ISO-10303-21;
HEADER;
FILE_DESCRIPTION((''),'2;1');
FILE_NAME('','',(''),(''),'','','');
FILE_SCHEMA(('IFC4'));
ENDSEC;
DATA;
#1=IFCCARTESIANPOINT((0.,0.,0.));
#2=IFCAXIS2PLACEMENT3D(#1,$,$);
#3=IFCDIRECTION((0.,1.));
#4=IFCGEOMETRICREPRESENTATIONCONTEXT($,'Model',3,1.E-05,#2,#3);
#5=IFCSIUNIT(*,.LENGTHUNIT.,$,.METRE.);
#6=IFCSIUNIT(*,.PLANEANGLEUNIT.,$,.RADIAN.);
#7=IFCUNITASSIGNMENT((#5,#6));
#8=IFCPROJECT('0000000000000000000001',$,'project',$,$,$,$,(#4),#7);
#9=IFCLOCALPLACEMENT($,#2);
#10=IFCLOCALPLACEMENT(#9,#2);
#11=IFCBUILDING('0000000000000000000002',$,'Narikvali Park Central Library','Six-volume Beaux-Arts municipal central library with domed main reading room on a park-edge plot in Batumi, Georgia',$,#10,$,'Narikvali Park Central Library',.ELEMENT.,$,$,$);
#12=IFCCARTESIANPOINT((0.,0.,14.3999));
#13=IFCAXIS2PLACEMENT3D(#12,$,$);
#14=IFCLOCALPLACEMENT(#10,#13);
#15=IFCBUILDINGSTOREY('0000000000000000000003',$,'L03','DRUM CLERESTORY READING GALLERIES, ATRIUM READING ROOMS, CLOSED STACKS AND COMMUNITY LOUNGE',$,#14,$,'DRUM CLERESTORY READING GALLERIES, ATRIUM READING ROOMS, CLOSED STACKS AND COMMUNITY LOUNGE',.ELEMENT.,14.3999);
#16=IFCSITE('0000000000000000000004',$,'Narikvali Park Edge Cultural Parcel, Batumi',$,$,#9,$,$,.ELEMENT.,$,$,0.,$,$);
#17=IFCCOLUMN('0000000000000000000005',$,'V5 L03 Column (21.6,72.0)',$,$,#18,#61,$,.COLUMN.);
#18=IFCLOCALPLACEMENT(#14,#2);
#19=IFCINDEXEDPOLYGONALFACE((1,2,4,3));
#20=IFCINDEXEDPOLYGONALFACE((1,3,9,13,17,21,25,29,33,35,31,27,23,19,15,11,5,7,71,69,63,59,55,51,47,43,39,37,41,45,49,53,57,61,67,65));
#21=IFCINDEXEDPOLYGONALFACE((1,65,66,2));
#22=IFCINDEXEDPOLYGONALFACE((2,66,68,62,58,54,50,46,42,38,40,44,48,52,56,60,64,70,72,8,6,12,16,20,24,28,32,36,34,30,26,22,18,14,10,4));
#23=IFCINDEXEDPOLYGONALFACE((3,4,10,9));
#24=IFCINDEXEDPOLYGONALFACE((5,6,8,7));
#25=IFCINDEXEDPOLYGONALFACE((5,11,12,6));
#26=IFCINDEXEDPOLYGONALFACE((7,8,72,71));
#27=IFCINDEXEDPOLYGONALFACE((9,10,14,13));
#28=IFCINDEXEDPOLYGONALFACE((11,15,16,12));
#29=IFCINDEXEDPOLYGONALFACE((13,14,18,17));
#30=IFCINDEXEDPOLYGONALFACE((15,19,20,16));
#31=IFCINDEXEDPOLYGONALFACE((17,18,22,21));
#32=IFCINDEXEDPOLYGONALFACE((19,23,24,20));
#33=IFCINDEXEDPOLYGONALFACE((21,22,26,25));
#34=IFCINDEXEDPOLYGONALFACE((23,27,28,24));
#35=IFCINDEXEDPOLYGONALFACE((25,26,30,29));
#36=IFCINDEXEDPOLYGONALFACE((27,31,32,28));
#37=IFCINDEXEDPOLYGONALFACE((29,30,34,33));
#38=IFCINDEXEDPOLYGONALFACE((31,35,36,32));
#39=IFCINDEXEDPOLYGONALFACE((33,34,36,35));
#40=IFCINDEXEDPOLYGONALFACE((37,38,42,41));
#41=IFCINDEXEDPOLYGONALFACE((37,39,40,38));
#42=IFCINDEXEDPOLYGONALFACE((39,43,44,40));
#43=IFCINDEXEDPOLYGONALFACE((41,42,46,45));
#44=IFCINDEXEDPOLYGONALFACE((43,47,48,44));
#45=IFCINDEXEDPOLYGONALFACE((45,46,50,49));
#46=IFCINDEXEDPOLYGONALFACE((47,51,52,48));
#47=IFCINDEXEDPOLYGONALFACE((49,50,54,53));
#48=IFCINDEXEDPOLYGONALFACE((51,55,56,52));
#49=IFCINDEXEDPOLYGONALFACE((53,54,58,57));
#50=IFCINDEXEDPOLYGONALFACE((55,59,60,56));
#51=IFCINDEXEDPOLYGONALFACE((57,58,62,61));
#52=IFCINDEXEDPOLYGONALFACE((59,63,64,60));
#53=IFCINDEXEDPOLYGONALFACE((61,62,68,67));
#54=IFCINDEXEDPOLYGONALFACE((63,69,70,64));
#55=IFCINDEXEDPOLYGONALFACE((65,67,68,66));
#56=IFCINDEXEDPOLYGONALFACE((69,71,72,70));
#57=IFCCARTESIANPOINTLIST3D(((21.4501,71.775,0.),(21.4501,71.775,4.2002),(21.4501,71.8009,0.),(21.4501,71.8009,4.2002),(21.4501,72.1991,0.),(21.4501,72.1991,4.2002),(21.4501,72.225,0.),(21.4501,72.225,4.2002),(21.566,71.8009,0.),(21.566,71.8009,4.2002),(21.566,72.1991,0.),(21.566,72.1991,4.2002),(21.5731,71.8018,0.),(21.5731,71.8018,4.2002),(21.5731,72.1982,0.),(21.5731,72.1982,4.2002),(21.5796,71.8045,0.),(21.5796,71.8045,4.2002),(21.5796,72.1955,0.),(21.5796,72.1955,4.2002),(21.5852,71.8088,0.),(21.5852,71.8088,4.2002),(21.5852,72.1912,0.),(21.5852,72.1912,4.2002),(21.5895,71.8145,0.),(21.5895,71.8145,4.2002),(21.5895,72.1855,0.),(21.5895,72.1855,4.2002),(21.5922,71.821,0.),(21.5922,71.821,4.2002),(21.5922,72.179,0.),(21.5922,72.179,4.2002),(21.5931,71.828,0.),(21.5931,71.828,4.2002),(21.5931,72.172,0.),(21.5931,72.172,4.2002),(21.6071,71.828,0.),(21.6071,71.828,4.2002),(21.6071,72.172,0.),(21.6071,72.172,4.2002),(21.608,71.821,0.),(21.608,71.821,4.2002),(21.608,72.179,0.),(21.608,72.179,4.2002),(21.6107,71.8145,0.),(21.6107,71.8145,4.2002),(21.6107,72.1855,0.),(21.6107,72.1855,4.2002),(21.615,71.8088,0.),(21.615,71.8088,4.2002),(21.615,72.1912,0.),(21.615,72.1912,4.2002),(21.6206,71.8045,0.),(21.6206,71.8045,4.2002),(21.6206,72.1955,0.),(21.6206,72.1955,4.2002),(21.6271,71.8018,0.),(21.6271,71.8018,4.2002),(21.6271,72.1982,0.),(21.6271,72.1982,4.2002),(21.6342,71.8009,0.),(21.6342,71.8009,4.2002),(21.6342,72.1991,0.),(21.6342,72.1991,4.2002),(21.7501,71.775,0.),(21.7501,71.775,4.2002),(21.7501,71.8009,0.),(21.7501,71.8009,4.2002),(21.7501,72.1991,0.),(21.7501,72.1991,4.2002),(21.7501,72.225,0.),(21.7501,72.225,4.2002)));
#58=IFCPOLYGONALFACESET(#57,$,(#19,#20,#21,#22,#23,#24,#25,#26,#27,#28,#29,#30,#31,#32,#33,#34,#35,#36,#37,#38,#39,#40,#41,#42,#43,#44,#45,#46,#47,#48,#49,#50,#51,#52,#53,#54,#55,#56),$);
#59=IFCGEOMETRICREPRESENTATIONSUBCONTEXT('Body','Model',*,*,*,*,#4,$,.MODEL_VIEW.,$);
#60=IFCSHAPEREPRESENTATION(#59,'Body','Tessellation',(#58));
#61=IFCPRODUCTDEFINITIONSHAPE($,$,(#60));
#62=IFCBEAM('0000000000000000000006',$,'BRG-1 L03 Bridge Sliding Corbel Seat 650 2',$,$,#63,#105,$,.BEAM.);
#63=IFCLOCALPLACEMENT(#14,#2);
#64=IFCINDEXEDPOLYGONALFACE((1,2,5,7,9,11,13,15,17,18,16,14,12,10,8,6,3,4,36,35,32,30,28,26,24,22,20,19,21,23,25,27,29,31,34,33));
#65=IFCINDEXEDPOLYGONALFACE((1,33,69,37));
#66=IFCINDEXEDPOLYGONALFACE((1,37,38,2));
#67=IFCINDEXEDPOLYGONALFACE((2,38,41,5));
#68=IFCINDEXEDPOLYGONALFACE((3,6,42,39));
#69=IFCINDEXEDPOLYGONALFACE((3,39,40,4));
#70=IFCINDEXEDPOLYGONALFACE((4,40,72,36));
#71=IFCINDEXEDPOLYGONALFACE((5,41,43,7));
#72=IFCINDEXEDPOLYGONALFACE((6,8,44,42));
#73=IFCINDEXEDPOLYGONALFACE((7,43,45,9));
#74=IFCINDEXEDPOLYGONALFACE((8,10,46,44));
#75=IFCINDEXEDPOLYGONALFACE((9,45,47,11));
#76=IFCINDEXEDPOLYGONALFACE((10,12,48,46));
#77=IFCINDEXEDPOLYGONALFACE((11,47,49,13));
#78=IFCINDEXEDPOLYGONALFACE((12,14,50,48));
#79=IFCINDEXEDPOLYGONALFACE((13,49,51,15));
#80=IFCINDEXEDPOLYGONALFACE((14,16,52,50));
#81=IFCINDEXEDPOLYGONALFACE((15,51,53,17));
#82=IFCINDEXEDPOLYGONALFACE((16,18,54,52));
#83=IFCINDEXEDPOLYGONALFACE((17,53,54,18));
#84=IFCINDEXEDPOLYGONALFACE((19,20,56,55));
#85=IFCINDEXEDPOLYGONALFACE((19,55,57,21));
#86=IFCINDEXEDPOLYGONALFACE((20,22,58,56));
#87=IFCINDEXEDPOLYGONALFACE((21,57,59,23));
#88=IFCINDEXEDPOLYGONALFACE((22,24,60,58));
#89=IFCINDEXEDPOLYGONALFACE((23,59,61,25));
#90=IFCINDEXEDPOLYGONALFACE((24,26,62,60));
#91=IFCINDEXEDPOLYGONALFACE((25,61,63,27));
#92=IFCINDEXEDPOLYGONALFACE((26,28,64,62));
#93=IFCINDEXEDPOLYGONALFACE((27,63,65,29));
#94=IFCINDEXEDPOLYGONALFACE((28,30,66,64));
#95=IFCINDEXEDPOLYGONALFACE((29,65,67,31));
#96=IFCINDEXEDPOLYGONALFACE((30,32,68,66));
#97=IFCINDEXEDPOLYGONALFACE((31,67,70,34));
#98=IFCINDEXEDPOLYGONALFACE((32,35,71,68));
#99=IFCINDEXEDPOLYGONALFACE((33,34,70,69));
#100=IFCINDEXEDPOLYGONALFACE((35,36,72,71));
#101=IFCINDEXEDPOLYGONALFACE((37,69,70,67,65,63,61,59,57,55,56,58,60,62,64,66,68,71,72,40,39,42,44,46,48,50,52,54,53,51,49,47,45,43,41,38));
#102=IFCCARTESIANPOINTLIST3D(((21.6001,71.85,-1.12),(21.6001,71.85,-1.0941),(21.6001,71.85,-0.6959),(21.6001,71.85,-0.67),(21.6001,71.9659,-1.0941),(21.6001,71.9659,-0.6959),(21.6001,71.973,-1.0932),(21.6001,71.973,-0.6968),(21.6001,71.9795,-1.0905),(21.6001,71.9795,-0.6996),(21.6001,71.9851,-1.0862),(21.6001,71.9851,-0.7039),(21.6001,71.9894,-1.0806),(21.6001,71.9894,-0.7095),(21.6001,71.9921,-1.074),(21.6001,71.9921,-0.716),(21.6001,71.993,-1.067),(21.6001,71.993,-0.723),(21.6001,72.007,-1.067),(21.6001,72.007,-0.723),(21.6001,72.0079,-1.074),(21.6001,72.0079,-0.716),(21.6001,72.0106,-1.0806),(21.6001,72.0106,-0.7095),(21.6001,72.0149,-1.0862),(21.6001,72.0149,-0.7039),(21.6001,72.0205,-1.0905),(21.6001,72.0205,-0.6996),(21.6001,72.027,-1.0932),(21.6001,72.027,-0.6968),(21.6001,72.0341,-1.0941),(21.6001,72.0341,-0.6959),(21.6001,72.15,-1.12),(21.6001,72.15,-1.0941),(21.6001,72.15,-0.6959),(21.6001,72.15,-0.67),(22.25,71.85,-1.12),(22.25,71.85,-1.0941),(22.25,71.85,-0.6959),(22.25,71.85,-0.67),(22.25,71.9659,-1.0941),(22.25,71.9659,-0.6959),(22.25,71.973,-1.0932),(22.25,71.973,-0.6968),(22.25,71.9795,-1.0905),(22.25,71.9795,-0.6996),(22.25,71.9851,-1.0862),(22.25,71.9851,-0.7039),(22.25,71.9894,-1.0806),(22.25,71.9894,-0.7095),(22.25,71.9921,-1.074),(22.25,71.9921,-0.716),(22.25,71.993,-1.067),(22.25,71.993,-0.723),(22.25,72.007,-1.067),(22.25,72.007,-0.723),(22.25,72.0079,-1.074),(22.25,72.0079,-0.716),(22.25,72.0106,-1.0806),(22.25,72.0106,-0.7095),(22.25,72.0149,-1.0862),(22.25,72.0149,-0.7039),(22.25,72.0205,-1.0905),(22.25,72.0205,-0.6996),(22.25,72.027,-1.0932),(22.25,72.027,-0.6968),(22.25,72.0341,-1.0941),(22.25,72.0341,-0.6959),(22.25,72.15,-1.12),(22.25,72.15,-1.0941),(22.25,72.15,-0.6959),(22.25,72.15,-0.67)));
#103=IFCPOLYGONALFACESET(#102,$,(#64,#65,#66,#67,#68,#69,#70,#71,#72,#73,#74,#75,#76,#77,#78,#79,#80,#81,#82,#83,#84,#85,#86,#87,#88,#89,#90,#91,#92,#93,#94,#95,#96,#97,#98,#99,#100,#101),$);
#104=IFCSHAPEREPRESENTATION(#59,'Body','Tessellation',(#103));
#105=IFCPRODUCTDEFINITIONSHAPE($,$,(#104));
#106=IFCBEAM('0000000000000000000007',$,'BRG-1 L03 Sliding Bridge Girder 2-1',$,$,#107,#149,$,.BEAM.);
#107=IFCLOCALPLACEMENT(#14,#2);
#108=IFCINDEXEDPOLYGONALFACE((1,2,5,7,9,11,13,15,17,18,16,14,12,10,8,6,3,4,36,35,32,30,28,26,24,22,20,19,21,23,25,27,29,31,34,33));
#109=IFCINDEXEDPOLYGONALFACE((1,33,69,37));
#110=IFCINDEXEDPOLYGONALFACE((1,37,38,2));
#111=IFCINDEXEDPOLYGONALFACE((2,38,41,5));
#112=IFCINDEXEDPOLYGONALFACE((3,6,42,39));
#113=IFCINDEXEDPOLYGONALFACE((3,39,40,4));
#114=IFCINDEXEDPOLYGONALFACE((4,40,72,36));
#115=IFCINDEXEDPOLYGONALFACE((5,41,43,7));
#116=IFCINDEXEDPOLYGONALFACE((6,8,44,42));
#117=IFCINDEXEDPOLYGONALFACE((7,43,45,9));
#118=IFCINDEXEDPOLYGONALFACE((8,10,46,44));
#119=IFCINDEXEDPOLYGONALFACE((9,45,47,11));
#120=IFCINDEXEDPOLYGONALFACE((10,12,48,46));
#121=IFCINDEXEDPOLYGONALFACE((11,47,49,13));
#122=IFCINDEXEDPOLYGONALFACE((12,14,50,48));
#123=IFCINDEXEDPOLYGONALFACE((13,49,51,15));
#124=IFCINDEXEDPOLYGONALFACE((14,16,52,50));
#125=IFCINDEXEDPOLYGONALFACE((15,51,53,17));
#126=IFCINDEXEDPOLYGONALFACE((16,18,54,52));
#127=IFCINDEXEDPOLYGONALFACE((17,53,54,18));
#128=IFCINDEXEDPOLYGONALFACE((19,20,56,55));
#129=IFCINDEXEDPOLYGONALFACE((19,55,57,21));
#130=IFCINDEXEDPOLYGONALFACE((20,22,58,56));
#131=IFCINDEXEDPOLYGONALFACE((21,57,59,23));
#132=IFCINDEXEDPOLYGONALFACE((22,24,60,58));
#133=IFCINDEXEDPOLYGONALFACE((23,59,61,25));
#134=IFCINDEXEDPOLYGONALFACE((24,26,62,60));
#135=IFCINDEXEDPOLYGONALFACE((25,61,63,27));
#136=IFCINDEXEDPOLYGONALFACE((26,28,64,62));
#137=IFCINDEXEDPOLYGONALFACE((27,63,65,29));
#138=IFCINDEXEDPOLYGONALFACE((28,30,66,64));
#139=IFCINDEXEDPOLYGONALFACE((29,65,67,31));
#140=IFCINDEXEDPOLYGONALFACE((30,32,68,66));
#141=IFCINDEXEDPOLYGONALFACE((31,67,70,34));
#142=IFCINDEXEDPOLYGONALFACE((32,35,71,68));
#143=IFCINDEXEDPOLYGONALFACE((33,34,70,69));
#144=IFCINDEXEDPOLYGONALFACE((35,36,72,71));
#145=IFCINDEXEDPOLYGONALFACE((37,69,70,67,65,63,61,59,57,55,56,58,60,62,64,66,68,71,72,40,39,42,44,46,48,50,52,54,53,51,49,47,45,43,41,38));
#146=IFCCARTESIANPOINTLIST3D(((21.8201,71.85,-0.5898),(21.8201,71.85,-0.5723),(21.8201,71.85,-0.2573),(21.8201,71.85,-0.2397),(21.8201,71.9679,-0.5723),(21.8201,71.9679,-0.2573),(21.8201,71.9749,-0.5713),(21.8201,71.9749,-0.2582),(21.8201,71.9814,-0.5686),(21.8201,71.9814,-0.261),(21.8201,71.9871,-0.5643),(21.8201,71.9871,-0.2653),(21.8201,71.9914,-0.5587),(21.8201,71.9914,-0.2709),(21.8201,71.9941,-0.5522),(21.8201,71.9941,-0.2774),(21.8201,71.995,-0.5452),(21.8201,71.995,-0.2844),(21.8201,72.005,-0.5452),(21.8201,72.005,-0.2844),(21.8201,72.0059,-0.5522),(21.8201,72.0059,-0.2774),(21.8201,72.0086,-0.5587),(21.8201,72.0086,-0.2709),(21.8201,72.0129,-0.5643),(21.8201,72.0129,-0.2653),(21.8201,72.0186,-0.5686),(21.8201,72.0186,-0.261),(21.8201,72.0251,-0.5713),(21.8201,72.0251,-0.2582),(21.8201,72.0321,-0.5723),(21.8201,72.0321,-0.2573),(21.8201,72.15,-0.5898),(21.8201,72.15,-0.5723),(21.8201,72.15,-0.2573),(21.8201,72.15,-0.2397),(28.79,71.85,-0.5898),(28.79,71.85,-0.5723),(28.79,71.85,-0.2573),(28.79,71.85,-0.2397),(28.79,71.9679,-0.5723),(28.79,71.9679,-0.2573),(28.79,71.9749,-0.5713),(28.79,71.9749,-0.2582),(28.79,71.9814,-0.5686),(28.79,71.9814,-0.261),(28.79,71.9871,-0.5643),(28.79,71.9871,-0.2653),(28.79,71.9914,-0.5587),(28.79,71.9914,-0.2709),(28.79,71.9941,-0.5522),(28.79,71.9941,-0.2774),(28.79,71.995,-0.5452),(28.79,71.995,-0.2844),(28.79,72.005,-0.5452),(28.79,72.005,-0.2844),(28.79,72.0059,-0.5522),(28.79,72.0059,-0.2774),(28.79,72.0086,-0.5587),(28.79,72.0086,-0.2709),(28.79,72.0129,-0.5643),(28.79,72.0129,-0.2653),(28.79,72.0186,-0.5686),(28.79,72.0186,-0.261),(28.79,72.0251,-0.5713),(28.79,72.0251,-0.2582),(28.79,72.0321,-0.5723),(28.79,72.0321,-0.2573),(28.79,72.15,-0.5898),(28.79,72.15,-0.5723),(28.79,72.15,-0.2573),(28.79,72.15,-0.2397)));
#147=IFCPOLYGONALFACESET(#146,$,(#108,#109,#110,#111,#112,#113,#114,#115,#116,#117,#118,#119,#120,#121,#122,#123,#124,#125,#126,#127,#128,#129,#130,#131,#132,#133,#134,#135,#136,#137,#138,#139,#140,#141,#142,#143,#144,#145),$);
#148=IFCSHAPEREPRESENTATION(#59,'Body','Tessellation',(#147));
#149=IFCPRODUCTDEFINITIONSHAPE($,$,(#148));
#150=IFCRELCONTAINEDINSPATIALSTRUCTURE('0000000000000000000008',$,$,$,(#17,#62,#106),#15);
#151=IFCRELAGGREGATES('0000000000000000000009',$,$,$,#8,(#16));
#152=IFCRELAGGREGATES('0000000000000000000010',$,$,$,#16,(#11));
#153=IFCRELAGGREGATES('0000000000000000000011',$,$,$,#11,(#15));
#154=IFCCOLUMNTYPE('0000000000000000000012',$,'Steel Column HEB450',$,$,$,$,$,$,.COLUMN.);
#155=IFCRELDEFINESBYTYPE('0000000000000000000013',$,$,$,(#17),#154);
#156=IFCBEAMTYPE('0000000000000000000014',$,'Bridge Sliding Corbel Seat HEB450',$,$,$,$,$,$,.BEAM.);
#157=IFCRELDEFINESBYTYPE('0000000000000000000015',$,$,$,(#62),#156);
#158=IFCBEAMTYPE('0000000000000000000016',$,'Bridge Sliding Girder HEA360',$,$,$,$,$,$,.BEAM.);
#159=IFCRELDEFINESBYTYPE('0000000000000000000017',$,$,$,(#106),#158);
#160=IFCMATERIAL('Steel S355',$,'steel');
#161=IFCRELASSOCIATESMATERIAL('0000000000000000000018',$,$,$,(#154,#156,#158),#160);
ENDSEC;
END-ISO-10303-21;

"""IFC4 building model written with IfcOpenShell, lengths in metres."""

from ifc_helpers import new_model, si_unit, direction, frame, origin, origin_2d, place, context, subcontext, project, spatial, i_section, extrude, material, material_profile, profile_set, type_object, element, save


model = new_model("IFC4")

# Units and contexts
model_context = context("Model", 3, precision=1e-05, world=origin(), true_north=direction((0.0, 1.0)))
body_context = subcontext(model_context, "Body", "Model", "MODEL_VIEW")
ifc_project = project(units=[si_unit("LENGTHUNIT", "METRE"), si_unit("PLANEANGLEUNIT", "RADIAN")], contexts=[model_context])

# Site, building, storey
site_placement = place(None, origin())
site = spatial("IfcSite", under=ifc_project, at=site_placement, Name="Narikvali Park Edge Cultural Parcel, Batumi", CompositionType="ELEMENT", RefElevation=0.0)
building_placement = place(site_placement, origin())
building = spatial("IfcBuilding", under=site, at=building_placement, Name="Narikvali Park Central Library", Description="Six-volume Beaux-Arts municipal central library with domed main reading room on a park-edge plot in Batumi, Georgia", LongName="Narikvali Park Central Library", CompositionType="ELEMENT")
storey_placement = place(building_placement, frame((0.0, 0.0, 14.3999)))
storey = spatial("IfcBuildingStorey", under=building, at=storey_placement, Name="L03", Description="DRUM CLERESTORY READING GALLERIES, ATRIUM READING ROOMS, CLOSED STACKS AND COMMUNITY LOUNGE", LongName="DRUM CLERESTORY READING GALLERIES, ATRIUM READING ROOMS, CLOSED STACKS AND COMMUNITY LOUNGE", CompositionType="ELEMENT", Elevation=14.3999)

# Column
ifc_material_1 = material(Name="Steel S355", Category="steel")
ifc_material_profile_1 = material_profile(ifc_material_1, i_section(OverallWidth=0.3, OverallDepth=0.45, WebThickness=0.0139, FlangeThickness=0.0259, FilletRadius=0.0271, at=origin_2d()), Name="HEB 450")
ifc_profile_set_1 = profile_set([ifc_material_profile_1], Name="Steel S355")
column_type = type_object("IfcColumnType", Name="Steel Column HEB450", PredefinedType="COLUMN", material=ifc_profile_set_1)
column_placement = place(storey_placement, frame((21.6001, 72.0, 0.0), z_axis=(0.0, 0.0, 1.0), x_axis=(1.0, 0.0, 0.0)))
element("IfcColumn", 1, at=column_placement, inside=storey, type_object=column_type, Name="V5 L03 Column (21.6,72.0)", PredefinedType="COLUMN", context=body_context, shape_type="SweptSolid", body=[
    extrude(i_section(OverallWidth=0.3, OverallDepth=0.45, WebThickness=0.0139, FlangeThickness=0.0259, FilletRadius=0.0271, at=origin_2d()), origin(), (0.0, 0.0, 1.0), 4.2002),
])

# Beams
ifc_material_profile_2 = material_profile(ifc_material_1, i_section(OverallWidth=0.3, OverallDepth=0.45, WebThickness=0.0139, FlangeThickness=0.0259, FilletRadius=0.0271, at=origin_2d()), Name="HEB 450")
ifc_profile_set_2 = profile_set([ifc_material_profile_2], Name="Steel S355")
beam_type_1 = type_object("IfcBeamType", Name="Bridge Sliding Corbel Seat HEB450", PredefinedType="BEAM", material=ifc_profile_set_2)
beam_1_placement = place(storey_placement, frame((21.6001, 72.0, -0.895), z_axis=(1.0, 0.0, 0.0), x_axis=(0.0, 1.0, 0.0)))
element("IfcBeam", 2, at=beam_1_placement, inside=storey, type_object=beam_type_1, Name="BRG-1 L03 Bridge Sliding Corbel Seat 650 2", PredefinedType="BEAM", context=body_context, shape_type="SweptSolid", body=[
    extrude(i_section(OverallWidth=0.3, OverallDepth=0.45, WebThickness=0.0139, FlangeThickness=0.0259, FilletRadius=0.0271, at=origin_2d()), origin(), (0.0, 0.0, 1.0), 0.6499),
])
ifc_material_profile_3 = material_profile(ifc_material_1, i_section(OverallWidth=0.3, OverallDepth=0.3501, WebThickness=0.01, FlangeThickness=0.0176, FilletRadius=0.0271, at=origin_2d()), Name="HEA 360")
ifc_profile_set_3 = profile_set([ifc_material_profile_3], Name="Steel S355")
beam_type_2 = type_object("IfcBeamType", Name="Bridge Sliding Girder HEA360", PredefinedType="BEAM", material=ifc_profile_set_3)
beam_2_placement = place(storey_placement, frame((21.8201, 72.0, -0.4148), z_axis=(1.0, 0.0, 0.0), x_axis=(0.0, 1.0, 0.0)))
element("IfcBeam", 3, at=beam_2_placement, inside=storey, type_object=beam_type_2, Name="BRG-1 L03 Sliding Bridge Girder 2-1", PredefinedType="BEAM", context=body_context, shape_type="SweptSolid", body=[
    extrude(i_section(OverallWidth=0.3, OverallDepth=0.3501, WebThickness=0.01, FlangeThickness=0.0176, FilletRadius=0.0271, at=origin_2d()), origin(), (0.0, 0.0, 1.0), 6.97),
])

save(model, "model.ifc")
